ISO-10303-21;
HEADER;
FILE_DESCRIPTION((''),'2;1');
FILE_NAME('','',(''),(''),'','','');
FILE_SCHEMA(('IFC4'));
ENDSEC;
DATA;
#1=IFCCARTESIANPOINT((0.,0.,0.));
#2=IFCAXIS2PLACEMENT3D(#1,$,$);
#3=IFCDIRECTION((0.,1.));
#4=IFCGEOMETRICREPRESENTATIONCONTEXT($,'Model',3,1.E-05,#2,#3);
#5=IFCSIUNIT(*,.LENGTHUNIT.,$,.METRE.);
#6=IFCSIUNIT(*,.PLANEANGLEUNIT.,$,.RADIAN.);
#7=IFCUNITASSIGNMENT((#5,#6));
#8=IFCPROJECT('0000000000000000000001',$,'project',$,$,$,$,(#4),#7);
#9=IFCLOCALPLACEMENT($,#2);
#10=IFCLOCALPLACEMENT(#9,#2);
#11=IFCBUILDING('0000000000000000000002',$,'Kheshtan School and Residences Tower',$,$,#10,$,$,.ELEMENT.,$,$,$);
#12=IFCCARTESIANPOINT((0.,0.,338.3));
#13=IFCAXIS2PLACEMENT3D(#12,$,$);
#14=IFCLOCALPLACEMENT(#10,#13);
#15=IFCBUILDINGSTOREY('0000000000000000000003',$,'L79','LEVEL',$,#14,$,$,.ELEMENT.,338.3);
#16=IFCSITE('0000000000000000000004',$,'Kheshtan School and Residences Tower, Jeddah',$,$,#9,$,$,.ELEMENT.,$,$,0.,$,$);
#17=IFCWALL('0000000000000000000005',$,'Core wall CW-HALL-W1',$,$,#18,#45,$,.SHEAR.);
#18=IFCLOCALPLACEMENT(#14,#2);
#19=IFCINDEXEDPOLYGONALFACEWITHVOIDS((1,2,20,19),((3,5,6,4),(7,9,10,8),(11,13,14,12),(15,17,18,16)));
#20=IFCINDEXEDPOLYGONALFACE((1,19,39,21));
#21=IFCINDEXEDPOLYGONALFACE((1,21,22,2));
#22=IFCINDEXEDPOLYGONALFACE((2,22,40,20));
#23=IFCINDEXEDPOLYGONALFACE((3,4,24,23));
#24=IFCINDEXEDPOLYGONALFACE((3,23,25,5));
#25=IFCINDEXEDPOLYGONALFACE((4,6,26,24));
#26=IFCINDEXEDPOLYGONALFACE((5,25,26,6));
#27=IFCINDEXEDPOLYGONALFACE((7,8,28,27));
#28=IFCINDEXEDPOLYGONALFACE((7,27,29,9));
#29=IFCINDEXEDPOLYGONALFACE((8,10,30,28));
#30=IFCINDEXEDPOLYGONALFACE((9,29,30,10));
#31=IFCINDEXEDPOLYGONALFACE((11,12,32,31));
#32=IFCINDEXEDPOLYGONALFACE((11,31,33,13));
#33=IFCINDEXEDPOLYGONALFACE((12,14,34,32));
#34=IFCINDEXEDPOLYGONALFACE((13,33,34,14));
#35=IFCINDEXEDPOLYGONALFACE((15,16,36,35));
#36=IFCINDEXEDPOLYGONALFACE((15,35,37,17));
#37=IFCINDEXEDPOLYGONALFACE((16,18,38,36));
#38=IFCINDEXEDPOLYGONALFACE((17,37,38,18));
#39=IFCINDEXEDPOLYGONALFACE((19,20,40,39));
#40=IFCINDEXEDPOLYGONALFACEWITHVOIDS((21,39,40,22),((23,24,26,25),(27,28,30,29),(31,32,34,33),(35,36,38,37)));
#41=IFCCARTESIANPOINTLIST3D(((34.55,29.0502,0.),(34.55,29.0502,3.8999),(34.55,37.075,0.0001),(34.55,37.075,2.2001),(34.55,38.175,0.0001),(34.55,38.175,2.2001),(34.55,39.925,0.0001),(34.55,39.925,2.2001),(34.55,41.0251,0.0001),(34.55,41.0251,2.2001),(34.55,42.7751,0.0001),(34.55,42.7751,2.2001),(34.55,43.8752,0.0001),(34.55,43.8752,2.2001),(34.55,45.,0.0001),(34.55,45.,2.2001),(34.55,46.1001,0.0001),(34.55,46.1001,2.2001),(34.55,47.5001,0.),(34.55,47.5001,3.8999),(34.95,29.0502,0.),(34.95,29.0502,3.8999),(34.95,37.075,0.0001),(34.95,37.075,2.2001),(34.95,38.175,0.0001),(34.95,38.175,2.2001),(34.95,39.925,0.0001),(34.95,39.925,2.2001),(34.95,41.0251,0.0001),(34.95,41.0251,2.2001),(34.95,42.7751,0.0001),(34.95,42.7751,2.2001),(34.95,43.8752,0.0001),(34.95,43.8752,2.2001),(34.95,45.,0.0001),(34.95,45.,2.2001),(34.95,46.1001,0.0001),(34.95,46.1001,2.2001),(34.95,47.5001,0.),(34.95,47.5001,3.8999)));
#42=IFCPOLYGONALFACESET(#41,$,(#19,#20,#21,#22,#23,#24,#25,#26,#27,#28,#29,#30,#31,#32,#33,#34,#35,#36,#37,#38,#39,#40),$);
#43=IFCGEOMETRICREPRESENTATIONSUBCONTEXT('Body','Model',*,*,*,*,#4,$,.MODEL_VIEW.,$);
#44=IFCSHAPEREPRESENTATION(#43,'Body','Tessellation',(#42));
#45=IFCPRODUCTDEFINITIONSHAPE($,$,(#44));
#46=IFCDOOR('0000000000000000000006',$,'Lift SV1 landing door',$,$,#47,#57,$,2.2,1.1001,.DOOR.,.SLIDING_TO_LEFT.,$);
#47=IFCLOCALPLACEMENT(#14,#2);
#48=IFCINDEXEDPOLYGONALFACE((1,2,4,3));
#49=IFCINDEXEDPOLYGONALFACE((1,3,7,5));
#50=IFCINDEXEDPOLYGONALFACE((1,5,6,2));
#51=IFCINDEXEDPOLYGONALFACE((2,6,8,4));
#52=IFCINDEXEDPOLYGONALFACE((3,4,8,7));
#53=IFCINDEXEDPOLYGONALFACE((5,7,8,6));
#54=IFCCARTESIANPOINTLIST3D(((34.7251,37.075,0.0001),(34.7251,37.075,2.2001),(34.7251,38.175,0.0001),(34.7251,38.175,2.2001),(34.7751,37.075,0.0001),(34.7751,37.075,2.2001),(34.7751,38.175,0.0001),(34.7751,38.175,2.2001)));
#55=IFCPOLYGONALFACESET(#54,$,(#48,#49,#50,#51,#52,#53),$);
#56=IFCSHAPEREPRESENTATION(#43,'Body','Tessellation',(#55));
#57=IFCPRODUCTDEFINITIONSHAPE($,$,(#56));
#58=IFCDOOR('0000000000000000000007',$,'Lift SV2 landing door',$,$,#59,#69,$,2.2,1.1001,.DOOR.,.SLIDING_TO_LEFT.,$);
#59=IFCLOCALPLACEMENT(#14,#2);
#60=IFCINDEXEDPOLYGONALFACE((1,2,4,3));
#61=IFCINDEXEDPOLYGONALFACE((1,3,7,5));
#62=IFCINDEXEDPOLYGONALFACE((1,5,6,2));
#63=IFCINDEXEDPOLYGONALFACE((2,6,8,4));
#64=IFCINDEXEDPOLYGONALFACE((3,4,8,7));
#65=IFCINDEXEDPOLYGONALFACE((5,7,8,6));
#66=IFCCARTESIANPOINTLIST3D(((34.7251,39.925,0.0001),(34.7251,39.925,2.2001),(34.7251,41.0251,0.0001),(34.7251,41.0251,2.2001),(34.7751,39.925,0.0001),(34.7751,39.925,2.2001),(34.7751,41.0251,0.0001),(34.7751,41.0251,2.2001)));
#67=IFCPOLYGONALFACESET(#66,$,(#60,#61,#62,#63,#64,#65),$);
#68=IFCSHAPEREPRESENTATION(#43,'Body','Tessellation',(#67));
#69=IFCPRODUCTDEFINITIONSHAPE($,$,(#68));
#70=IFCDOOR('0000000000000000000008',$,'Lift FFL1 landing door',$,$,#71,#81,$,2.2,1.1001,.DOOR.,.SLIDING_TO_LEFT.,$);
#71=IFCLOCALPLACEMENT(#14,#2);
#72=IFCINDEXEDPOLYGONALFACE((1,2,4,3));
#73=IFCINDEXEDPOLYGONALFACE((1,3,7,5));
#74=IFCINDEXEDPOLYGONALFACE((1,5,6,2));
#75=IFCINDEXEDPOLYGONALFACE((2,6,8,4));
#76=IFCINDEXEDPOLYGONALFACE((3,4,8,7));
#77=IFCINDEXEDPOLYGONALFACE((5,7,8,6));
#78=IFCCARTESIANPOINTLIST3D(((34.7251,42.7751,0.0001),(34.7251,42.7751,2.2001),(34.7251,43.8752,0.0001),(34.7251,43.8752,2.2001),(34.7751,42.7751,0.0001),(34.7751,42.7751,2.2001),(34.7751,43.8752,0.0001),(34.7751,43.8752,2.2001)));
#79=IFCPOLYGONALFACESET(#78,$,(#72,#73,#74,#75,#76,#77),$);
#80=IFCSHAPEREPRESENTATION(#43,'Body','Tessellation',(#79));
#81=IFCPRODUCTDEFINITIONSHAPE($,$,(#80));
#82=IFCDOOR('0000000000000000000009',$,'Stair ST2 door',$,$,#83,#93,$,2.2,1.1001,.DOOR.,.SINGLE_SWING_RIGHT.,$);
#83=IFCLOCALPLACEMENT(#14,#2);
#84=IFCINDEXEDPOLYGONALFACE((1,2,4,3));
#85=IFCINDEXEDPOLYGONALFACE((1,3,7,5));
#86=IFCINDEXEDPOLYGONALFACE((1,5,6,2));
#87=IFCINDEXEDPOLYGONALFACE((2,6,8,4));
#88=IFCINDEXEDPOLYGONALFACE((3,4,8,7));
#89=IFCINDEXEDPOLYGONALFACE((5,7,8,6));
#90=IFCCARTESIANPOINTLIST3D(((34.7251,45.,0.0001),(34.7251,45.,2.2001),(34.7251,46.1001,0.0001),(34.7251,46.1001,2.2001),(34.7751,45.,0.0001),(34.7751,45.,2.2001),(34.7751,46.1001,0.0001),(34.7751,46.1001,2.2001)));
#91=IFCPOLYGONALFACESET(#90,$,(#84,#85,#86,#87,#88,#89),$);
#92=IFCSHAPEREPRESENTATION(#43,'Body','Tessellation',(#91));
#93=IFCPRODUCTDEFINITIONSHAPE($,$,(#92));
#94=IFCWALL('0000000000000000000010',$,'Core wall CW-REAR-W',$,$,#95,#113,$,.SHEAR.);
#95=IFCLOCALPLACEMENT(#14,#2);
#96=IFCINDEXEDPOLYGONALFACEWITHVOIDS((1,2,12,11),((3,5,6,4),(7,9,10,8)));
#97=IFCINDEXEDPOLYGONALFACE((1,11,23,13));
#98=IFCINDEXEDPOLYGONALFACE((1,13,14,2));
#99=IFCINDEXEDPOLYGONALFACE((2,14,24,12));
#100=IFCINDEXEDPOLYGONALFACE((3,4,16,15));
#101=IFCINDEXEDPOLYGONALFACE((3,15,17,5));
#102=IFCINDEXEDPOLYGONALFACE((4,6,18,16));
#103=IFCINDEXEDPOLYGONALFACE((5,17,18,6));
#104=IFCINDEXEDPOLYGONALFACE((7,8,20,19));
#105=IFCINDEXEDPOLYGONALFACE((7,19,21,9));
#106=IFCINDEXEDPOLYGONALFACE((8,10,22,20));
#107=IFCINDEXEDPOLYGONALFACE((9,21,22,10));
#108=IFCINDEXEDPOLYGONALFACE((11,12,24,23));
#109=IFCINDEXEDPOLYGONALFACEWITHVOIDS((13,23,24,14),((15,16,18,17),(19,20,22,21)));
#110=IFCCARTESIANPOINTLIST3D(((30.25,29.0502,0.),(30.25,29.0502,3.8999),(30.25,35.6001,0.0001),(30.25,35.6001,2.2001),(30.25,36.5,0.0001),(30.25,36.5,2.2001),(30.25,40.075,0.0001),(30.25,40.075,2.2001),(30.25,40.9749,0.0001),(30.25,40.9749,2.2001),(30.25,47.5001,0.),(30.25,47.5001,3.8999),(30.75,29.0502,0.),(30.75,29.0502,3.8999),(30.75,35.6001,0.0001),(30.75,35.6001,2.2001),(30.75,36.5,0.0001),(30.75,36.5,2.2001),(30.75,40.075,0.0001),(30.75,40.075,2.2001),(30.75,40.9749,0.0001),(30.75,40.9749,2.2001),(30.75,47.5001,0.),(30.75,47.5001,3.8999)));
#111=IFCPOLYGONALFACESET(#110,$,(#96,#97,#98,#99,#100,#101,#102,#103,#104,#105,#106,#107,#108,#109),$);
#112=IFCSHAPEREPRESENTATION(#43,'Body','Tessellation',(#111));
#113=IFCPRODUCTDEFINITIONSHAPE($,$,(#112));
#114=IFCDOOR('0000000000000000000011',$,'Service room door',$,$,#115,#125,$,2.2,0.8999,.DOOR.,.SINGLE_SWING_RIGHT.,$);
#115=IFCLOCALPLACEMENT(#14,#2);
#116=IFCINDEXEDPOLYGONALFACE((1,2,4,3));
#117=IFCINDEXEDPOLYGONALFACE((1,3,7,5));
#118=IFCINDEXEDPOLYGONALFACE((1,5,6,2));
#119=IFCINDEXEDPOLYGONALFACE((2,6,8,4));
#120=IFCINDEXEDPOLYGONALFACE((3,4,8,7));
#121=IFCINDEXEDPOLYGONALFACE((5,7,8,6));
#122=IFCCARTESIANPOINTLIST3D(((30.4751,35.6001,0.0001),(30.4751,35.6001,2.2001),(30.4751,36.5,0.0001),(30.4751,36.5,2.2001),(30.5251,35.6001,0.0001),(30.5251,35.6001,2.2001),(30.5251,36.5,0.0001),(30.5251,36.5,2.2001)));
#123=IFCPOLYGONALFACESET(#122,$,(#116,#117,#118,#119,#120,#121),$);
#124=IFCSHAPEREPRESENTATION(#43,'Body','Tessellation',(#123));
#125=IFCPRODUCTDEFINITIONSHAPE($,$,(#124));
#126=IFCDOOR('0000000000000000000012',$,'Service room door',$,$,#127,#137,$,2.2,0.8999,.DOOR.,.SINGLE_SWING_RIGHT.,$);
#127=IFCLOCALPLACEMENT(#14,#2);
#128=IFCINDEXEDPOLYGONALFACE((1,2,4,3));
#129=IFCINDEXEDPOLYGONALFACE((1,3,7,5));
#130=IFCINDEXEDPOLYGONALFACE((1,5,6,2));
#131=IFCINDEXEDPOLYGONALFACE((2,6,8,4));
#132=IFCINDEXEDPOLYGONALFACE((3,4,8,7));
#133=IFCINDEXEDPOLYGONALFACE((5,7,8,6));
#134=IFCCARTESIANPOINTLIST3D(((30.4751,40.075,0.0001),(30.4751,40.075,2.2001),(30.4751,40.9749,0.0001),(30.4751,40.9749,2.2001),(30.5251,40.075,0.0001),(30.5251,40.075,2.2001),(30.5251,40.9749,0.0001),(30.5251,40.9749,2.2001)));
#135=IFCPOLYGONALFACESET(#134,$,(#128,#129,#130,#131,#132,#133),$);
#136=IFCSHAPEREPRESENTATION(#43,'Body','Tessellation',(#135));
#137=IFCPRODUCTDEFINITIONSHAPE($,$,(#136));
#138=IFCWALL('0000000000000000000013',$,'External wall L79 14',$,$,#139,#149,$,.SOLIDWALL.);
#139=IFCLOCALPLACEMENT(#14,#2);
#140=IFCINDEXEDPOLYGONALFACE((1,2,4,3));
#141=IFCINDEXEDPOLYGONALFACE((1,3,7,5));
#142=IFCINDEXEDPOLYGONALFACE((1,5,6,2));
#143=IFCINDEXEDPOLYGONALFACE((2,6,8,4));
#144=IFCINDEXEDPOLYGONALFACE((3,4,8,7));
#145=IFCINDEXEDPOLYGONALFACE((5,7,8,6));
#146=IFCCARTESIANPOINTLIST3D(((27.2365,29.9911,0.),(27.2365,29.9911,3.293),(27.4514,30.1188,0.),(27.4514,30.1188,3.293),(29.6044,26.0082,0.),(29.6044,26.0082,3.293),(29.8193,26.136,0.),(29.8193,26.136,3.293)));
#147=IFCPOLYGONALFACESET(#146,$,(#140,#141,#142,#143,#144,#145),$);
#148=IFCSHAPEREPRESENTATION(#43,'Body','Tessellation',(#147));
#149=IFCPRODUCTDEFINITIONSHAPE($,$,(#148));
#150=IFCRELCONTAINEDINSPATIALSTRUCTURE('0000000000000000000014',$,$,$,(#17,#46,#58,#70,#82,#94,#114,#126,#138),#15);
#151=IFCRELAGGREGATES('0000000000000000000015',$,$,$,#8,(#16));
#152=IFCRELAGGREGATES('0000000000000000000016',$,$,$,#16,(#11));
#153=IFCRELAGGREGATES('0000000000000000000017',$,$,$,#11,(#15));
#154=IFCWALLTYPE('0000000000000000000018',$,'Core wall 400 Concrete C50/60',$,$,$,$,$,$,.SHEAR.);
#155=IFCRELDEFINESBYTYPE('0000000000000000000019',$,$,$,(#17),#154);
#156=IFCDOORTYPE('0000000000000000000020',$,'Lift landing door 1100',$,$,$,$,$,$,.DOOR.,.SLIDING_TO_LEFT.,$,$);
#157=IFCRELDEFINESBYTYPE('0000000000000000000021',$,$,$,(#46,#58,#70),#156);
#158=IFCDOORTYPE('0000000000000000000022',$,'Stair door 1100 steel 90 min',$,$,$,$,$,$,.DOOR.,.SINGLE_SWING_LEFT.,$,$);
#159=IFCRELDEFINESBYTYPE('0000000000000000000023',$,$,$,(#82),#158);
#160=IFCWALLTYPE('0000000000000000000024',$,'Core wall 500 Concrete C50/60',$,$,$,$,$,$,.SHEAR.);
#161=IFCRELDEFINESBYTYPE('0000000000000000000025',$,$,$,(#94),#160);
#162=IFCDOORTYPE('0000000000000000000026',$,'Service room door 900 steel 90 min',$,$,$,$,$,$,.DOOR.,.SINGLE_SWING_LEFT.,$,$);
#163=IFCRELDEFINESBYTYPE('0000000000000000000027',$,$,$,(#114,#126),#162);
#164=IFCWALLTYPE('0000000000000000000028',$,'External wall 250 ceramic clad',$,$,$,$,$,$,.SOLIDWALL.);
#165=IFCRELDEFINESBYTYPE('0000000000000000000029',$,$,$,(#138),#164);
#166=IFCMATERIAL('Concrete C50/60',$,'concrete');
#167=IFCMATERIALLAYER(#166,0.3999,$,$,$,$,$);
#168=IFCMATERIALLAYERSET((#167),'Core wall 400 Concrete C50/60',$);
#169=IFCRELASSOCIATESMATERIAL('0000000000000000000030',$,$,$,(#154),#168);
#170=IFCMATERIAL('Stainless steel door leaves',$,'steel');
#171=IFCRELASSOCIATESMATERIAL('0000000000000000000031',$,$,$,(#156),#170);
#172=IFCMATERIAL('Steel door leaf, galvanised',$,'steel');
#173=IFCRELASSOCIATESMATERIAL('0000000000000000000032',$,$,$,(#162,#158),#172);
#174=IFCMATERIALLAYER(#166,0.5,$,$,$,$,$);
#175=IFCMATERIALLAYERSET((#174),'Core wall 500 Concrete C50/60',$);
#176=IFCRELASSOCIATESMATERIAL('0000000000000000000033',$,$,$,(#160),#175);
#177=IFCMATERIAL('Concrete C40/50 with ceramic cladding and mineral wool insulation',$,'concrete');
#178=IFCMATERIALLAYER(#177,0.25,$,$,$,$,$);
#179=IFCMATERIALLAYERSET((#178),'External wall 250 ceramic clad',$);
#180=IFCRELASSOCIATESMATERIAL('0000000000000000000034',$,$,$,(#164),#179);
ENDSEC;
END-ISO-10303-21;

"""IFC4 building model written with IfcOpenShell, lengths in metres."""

from ifc_helpers import new_model, si_unit, direction, frame, frame_2d, origin, place, context, subcontext, project, spatial, rectangle, extrude, source, transform, mapped, material, layer, layer_set, type_object, element, fill, save


model = new_model("IFC4")

# Units and contexts
model_context = context("Model", 3, precision=1e-05, world=origin(), true_north=direction((0.0, 1.0)))
body_context = subcontext(model_context, "Body", "Model", "MODEL_VIEW")
ifc_project = project(units=[si_unit("LENGTHUNIT", "METRE"), si_unit("PLANEANGLEUNIT", "RADIAN")], contexts=[model_context])

# Site, building, storey
site_placement = place(None, origin())
site = spatial("IfcSite", under=ifc_project, at=site_placement, Name="Kheshtan School and Residences Tower, Jeddah", CompositionType="ELEMENT", RefElevation=0.0)
building_placement = place(site_placement, origin())
building = spatial("IfcBuilding", under=site, at=building_placement, Name="Kheshtan School and Residences Tower", CompositionType="ELEMENT")
storey_placement = place(building_placement, frame((0.0, 0.0, 338.3)))
storey = spatial("IfcBuildingStorey", under=building, at=storey_placement, Name="L79", Description="LEVEL", CompositionType="ELEMENT", Elevation=338.3)

# Walls, openings, doors
ifc_material_1 = material(Name="Concrete C50/60", Category="concrete")
ifc_layer_1 = layer(ifc_material_1, 0.3999)
ifc_layer_set_1 = layer_set([ifc_layer_1], Name="Core wall 400 Concrete C50/60")
wall_type_1 = type_object("IfcWallType", Name="Core wall 400 Concrete C50/60", PredefinedType="SHEAR", material=ifc_layer_set_1)
ifc_material_2 = material(Name="Stainless steel door leaves", Category="steel")
door_type_1 = type_object("IfcDoorType", Name="Lift landing door 1100", OperationType="SLIDING_TO_LEFT", PredefinedType="DOOR", material=ifc_material_2)
shared_shape_1 = source(origin(), body_context, "Body", "SweptSolid", [
    extrude(rectangle(XDim=1.1001, YDim=2.2, at=frame_2d((0.55, 1.1001))), frame((0.0, 0.0249, 0.0), z_axis=(0.0, -1.0, 0.0), x_axis=(1.0, 0.0, 0.0)), (0.0, 0.0, 1.0), 0.05),
])
ifc_material_3 = material(Name="Steel door leaf, galvanised", Category="steel")
door_type_2 = type_object("IfcDoorType", Name="Service room door 900 steel 90 min", OperationType="SINGLE_SWING_LEFT", PredefinedType="DOOR", material=ifc_material_3)
shared_shape_2 = source(origin(), body_context, "Body", "SweptSolid", [
    extrude(rectangle(XDim=0.8999, YDim=2.2, at=frame_2d((0.45, 1.1001))), frame((0.0, 0.0249, 0.0), z_axis=(0.0, -1.0, 0.0), x_axis=(1.0, 0.0, 0.0)), (0.0, 0.0, 1.0), 0.05),
])
wall_1_placement = place(storey_placement, frame((34.75, 29.05, 0.0), z_axis=(0.0, 0.0, 1.0), x_axis=(0.0, 1.0, 0.0)))
wall_1 = element("IfcWall", 1, at=wall_1_placement, inside=storey, type_object=wall_type_1, Name="Core wall CW-HALL-W1", PredefinedType="SHEAR", context=body_context, shape_type="SweptSolid", body=[
    extrude(rectangle(XDim=18.45, YDim=0.3999, at=frame_2d((9.2251, 0.0))), origin(), (0.0, 0.0, 1.0), 3.8999),
])
opening_1_placement = place(wall_1_placement, frame((8.0249, 0.0, 0.0)))
opening_1 = element("IfcOpeningElement", 2, at=opening_1_placement, cuts=wall_1, PredefinedType="OPENING", context=body_context, shape_type="SweptSolid", body=[
    extrude(rectangle(XDim=1.1001, YDim=2.2, at=frame_2d((0.55, 1.1001))), frame((0.0, 0.21, 0.0), z_axis=(0.0, -1.0, 0.0), x_axis=(1.0, 0.0, 0.0)), (0.0, 0.0, 1.0), 0.4199),
])
opening_2_placement = place(wall_1_placement, frame((10.875, 0.0, 0.0)))
opening_2 = element("IfcOpeningElement", 3, at=opening_2_placement, cuts=wall_1, PredefinedType="OPENING", context=body_context, shape_type="SweptSolid", body=[
    extrude(rectangle(XDim=1.1001, YDim=2.2, at=frame_2d((0.55, 1.1001))), frame((0.0, 0.21, 0.0), z_axis=(0.0, -1.0, 0.0), x_axis=(1.0, 0.0, 0.0)), (0.0, 0.0, 1.0), 0.4199),
])
opening_3_placement = place(wall_1_placement, frame((13.7251, 0.0, 0.0)))
opening_3 = element("IfcOpeningElement", 4, at=opening_3_placement, cuts=wall_1, PredefinedType="OPENING", context=body_context, shape_type="SweptSolid", body=[
    extrude(rectangle(XDim=1.1001, YDim=2.2, at=frame_2d((0.55, 1.1001))), frame((0.0, 0.21, 0.0), z_axis=(0.0, -1.0, 0.0), x_axis=(1.0, 0.0, 0.0)), (0.0, 0.0, 1.0), 0.4199),
])
opening_4_placement = place(wall_1_placement, frame((15.95, 0.0, 0.0)))
opening_4 = element("IfcOpeningElement", 5, at=opening_4_placement, cuts=wall_1, PredefinedType="OPENING", context=body_context, shape_type="SweptSolid", body=[
    extrude(rectangle(XDim=1.1001, YDim=2.2, at=frame_2d((0.55, 1.1001))), frame((0.0, 0.21, 0.0), z_axis=(0.0, -1.0, 0.0), x_axis=(1.0, 0.0, 0.0)), (0.0, 0.0, 1.0), 0.4199),
])
door_1_placement = place(opening_1_placement, origin())
door_1 = element("IfcDoor", 6, at=door_1_placement, inside=storey, type_object=door_type_1, Name="Lift SV1 landing door", OperationType="SLIDING_TO_LEFT", OverallHeight=2.2, OverallWidth=1.1001, PredefinedType="DOOR", context=body_context, shape_type="MappedRepresentation", body=[
    mapped(shared_shape_1, transform((0.0, 0.0, 0.0), x_axis=(1.0, 0.0, 0.0), y_axis=(0.0, 1.0, 0.0), z_axis=(0.0, 0.0, 1.0), scale=1.0)),
])
fill(opening_1, door_1)
door_2_placement = place(opening_2_placement, origin())
door_2 = element("IfcDoor", 7, at=door_2_placement, inside=storey, type_object=door_type_1, Name="Lift SV2 landing door", OperationType="SLIDING_TO_LEFT", OverallHeight=2.2, OverallWidth=1.1001, PredefinedType="DOOR", context=body_context, shape_type="MappedRepresentation", body=[
    mapped(shared_shape_1, transform((0.0, 0.0, 0.0), x_axis=(1.0, 0.0, 0.0), y_axis=(0.0, 1.0, 0.0), z_axis=(0.0, 0.0, 1.0), scale=1.0)),
])
fill(opening_2, door_2)
door_3_placement = place(opening_3_placement, origin())
door_3 = element("IfcDoor", 8, at=door_3_placement, inside=storey, type_object=door_type_1, Name="Lift FFL1 landing door", OperationType="SLIDING_TO_LEFT", OverallHeight=2.2, OverallWidth=1.1001, PredefinedType="DOOR", context=body_context, shape_type="MappedRepresentation", body=[
    mapped(shared_shape_1, transform((0.0, 0.0, 0.0), x_axis=(1.0, 0.0, 0.0), y_axis=(0.0, 1.0, 0.0), z_axis=(0.0, 0.0, 1.0), scale=1.0)),
])
fill(opening_3, door_3)
door_type_3 = type_object("IfcDoorType", Name="Stair door 1100 steel 90 min", OperationType="SINGLE_SWING_LEFT", PredefinedType="DOOR", material=ifc_material_3)
shared_shape_3 = source(origin(), body_context, "Body", "SweptSolid", [
    extrude(rectangle(XDim=1.1001, YDim=2.2, at=frame_2d((0.55, 1.1001))), frame((0.0, 0.0249, 0.0), z_axis=(0.0, -1.0, 0.0), x_axis=(1.0, 0.0, 0.0)), (0.0, 0.0, 1.0), 0.05),
])
door_4_placement = place(opening_4_placement, origin())
door_4 = element("IfcDoor", 9, at=door_4_placement, inside=storey, type_object=door_type_3, Name="Stair ST2 door", OperationType="SINGLE_SWING_RIGHT", OverallHeight=2.2, OverallWidth=1.1001, PredefinedType="DOOR", context=body_context, shape_type="MappedRepresentation", body=[
    mapped(shared_shape_3, transform((0.0, 0.0, 0.0), x_axis=(1.0, 0.0, 0.0), y_axis=(0.0, 1.0, 0.0), z_axis=(0.0, 0.0, 1.0), scale=1.0)),
])
fill(opening_4, door_4)
ifc_layer_2 = layer(ifc_material_1, 0.5)
ifc_layer_set_2 = layer_set([ifc_layer_2], Name="Core wall 500 Concrete C50/60")
wall_type_2 = type_object("IfcWallType", Name="Core wall 500 Concrete C50/60", PredefinedType="SHEAR", material=ifc_layer_set_2)
wall_2_placement = place(storey_placement, frame((30.5, 29.05, 0.0), z_axis=(0.0, 0.0, 1.0), x_axis=(0.0, 1.0, 0.0)))
wall_2 = element("IfcWall", 10, at=wall_2_placement, inside=storey, type_object=wall_type_2, Name="Core wall CW-REAR-W", PredefinedType="SHEAR", context=body_context, shape_type="SweptSolid", body=[
    extrude(rectangle(XDim=18.45, YDim=0.5, at=frame_2d((9.2251, 0.0))), origin(), (0.0, 0.0, 1.0), 3.8999),
])
opening_5_placement = place(wall_2_placement, frame((6.55, 0.0, 0.0)))
opening_5 = element("IfcOpeningElement", 11, at=opening_5_placement, cuts=wall_2, PredefinedType="OPENING", context=body_context, shape_type="SweptSolid", body=[
    extrude(rectangle(XDim=0.8999, YDim=2.2, at=frame_2d((0.45, 1.1001))), frame((0.0, 0.26, 0.0), z_axis=(0.0, -1.0, 0.0), x_axis=(1.0, 0.0, 0.0)), (0.0, 0.0, 1.0), 0.52),
])
opening_6_placement = place(wall_2_placement, frame((11.0249, 0.0, 0.0)))
opening_6 = element("IfcOpeningElement", 12, at=opening_6_placement, cuts=wall_2, PredefinedType="OPENING", context=body_context, shape_type="SweptSolid", body=[
    extrude(rectangle(XDim=0.8999, YDim=2.2, at=frame_2d((0.45, 1.1001))), frame((0.0, 0.26, 0.0), z_axis=(0.0, -1.0, 0.0), x_axis=(1.0, 0.0, 0.0)), (0.0, 0.0, 1.0), 0.52),
])
door_5_placement = place(opening_5_placement, origin())
door_5 = element("IfcDoor", 13, at=door_5_placement, inside=storey, type_object=door_type_2, Name="Service room door", OperationType="SINGLE_SWING_RIGHT", OverallHeight=2.2, OverallWidth=0.8999, PredefinedType="DOOR", context=body_context, shape_type="MappedRepresentation", body=[
    mapped(shared_shape_2, transform((0.0, 0.0, 0.0), x_axis=(1.0, 0.0, 0.0), y_axis=(0.0, 1.0, 0.0), z_axis=(0.0, 0.0, 1.0), scale=1.0)),
])
fill(opening_5, door_5)
door_6_placement = place(opening_6_placement, origin())
door_6 = element("IfcDoor", 14, at=door_6_placement, inside=storey, type_object=door_type_2, Name="Service room door", OperationType="SINGLE_SWING_RIGHT", OverallHeight=2.2, OverallWidth=0.8999, PredefinedType="DOOR", context=body_context, shape_type="MappedRepresentation", body=[
    mapped(shared_shape_2, transform((0.0, 0.0, 0.0), x_axis=(1.0, 0.0, 0.0), y_axis=(0.0, 1.0, 0.0), z_axis=(0.0, 0.0, 1.0), scale=1.0)),
])
fill(opening_6, door_6)

# Wall
ifc_material_4 = material(Name="Concrete C40/50 with ceramic cladding and mineral wool insulation", Category="concrete")
ifc_layer_3 = layer(ifc_material_4, 0.25)
ifc_layer_set_3 = layer_set([ifc_layer_3], Name="External wall 250 ceramic clad")
wall_type_3 = type_object("IfcWallType", Name="External wall 250 ceramic clad", PredefinedType="SOLIDWALL", material=ifc_layer_set_3)
wall_3_placement = place(storey_placement, frame((29.7119, 26.072, 0.0), z_axis=(0.0, 0.0, 1.0), x_axis=(-0.511028, 0.859564, 0.0)))
element("IfcWall", 15, at=wall_3_placement, inside=storey, type_object=wall_type_3, Name="External wall L79 14", PredefinedType="SOLIDWALL", context=body_context, shape_type="SweptSolid", body=[
    extrude(rectangle(XDim=4.6335, YDim=0.25, at=frame_2d((2.3169, 0.0))), origin(), (0.0, 0.0, 1.0), 3.293),
])

save(model, "model.ifc")
